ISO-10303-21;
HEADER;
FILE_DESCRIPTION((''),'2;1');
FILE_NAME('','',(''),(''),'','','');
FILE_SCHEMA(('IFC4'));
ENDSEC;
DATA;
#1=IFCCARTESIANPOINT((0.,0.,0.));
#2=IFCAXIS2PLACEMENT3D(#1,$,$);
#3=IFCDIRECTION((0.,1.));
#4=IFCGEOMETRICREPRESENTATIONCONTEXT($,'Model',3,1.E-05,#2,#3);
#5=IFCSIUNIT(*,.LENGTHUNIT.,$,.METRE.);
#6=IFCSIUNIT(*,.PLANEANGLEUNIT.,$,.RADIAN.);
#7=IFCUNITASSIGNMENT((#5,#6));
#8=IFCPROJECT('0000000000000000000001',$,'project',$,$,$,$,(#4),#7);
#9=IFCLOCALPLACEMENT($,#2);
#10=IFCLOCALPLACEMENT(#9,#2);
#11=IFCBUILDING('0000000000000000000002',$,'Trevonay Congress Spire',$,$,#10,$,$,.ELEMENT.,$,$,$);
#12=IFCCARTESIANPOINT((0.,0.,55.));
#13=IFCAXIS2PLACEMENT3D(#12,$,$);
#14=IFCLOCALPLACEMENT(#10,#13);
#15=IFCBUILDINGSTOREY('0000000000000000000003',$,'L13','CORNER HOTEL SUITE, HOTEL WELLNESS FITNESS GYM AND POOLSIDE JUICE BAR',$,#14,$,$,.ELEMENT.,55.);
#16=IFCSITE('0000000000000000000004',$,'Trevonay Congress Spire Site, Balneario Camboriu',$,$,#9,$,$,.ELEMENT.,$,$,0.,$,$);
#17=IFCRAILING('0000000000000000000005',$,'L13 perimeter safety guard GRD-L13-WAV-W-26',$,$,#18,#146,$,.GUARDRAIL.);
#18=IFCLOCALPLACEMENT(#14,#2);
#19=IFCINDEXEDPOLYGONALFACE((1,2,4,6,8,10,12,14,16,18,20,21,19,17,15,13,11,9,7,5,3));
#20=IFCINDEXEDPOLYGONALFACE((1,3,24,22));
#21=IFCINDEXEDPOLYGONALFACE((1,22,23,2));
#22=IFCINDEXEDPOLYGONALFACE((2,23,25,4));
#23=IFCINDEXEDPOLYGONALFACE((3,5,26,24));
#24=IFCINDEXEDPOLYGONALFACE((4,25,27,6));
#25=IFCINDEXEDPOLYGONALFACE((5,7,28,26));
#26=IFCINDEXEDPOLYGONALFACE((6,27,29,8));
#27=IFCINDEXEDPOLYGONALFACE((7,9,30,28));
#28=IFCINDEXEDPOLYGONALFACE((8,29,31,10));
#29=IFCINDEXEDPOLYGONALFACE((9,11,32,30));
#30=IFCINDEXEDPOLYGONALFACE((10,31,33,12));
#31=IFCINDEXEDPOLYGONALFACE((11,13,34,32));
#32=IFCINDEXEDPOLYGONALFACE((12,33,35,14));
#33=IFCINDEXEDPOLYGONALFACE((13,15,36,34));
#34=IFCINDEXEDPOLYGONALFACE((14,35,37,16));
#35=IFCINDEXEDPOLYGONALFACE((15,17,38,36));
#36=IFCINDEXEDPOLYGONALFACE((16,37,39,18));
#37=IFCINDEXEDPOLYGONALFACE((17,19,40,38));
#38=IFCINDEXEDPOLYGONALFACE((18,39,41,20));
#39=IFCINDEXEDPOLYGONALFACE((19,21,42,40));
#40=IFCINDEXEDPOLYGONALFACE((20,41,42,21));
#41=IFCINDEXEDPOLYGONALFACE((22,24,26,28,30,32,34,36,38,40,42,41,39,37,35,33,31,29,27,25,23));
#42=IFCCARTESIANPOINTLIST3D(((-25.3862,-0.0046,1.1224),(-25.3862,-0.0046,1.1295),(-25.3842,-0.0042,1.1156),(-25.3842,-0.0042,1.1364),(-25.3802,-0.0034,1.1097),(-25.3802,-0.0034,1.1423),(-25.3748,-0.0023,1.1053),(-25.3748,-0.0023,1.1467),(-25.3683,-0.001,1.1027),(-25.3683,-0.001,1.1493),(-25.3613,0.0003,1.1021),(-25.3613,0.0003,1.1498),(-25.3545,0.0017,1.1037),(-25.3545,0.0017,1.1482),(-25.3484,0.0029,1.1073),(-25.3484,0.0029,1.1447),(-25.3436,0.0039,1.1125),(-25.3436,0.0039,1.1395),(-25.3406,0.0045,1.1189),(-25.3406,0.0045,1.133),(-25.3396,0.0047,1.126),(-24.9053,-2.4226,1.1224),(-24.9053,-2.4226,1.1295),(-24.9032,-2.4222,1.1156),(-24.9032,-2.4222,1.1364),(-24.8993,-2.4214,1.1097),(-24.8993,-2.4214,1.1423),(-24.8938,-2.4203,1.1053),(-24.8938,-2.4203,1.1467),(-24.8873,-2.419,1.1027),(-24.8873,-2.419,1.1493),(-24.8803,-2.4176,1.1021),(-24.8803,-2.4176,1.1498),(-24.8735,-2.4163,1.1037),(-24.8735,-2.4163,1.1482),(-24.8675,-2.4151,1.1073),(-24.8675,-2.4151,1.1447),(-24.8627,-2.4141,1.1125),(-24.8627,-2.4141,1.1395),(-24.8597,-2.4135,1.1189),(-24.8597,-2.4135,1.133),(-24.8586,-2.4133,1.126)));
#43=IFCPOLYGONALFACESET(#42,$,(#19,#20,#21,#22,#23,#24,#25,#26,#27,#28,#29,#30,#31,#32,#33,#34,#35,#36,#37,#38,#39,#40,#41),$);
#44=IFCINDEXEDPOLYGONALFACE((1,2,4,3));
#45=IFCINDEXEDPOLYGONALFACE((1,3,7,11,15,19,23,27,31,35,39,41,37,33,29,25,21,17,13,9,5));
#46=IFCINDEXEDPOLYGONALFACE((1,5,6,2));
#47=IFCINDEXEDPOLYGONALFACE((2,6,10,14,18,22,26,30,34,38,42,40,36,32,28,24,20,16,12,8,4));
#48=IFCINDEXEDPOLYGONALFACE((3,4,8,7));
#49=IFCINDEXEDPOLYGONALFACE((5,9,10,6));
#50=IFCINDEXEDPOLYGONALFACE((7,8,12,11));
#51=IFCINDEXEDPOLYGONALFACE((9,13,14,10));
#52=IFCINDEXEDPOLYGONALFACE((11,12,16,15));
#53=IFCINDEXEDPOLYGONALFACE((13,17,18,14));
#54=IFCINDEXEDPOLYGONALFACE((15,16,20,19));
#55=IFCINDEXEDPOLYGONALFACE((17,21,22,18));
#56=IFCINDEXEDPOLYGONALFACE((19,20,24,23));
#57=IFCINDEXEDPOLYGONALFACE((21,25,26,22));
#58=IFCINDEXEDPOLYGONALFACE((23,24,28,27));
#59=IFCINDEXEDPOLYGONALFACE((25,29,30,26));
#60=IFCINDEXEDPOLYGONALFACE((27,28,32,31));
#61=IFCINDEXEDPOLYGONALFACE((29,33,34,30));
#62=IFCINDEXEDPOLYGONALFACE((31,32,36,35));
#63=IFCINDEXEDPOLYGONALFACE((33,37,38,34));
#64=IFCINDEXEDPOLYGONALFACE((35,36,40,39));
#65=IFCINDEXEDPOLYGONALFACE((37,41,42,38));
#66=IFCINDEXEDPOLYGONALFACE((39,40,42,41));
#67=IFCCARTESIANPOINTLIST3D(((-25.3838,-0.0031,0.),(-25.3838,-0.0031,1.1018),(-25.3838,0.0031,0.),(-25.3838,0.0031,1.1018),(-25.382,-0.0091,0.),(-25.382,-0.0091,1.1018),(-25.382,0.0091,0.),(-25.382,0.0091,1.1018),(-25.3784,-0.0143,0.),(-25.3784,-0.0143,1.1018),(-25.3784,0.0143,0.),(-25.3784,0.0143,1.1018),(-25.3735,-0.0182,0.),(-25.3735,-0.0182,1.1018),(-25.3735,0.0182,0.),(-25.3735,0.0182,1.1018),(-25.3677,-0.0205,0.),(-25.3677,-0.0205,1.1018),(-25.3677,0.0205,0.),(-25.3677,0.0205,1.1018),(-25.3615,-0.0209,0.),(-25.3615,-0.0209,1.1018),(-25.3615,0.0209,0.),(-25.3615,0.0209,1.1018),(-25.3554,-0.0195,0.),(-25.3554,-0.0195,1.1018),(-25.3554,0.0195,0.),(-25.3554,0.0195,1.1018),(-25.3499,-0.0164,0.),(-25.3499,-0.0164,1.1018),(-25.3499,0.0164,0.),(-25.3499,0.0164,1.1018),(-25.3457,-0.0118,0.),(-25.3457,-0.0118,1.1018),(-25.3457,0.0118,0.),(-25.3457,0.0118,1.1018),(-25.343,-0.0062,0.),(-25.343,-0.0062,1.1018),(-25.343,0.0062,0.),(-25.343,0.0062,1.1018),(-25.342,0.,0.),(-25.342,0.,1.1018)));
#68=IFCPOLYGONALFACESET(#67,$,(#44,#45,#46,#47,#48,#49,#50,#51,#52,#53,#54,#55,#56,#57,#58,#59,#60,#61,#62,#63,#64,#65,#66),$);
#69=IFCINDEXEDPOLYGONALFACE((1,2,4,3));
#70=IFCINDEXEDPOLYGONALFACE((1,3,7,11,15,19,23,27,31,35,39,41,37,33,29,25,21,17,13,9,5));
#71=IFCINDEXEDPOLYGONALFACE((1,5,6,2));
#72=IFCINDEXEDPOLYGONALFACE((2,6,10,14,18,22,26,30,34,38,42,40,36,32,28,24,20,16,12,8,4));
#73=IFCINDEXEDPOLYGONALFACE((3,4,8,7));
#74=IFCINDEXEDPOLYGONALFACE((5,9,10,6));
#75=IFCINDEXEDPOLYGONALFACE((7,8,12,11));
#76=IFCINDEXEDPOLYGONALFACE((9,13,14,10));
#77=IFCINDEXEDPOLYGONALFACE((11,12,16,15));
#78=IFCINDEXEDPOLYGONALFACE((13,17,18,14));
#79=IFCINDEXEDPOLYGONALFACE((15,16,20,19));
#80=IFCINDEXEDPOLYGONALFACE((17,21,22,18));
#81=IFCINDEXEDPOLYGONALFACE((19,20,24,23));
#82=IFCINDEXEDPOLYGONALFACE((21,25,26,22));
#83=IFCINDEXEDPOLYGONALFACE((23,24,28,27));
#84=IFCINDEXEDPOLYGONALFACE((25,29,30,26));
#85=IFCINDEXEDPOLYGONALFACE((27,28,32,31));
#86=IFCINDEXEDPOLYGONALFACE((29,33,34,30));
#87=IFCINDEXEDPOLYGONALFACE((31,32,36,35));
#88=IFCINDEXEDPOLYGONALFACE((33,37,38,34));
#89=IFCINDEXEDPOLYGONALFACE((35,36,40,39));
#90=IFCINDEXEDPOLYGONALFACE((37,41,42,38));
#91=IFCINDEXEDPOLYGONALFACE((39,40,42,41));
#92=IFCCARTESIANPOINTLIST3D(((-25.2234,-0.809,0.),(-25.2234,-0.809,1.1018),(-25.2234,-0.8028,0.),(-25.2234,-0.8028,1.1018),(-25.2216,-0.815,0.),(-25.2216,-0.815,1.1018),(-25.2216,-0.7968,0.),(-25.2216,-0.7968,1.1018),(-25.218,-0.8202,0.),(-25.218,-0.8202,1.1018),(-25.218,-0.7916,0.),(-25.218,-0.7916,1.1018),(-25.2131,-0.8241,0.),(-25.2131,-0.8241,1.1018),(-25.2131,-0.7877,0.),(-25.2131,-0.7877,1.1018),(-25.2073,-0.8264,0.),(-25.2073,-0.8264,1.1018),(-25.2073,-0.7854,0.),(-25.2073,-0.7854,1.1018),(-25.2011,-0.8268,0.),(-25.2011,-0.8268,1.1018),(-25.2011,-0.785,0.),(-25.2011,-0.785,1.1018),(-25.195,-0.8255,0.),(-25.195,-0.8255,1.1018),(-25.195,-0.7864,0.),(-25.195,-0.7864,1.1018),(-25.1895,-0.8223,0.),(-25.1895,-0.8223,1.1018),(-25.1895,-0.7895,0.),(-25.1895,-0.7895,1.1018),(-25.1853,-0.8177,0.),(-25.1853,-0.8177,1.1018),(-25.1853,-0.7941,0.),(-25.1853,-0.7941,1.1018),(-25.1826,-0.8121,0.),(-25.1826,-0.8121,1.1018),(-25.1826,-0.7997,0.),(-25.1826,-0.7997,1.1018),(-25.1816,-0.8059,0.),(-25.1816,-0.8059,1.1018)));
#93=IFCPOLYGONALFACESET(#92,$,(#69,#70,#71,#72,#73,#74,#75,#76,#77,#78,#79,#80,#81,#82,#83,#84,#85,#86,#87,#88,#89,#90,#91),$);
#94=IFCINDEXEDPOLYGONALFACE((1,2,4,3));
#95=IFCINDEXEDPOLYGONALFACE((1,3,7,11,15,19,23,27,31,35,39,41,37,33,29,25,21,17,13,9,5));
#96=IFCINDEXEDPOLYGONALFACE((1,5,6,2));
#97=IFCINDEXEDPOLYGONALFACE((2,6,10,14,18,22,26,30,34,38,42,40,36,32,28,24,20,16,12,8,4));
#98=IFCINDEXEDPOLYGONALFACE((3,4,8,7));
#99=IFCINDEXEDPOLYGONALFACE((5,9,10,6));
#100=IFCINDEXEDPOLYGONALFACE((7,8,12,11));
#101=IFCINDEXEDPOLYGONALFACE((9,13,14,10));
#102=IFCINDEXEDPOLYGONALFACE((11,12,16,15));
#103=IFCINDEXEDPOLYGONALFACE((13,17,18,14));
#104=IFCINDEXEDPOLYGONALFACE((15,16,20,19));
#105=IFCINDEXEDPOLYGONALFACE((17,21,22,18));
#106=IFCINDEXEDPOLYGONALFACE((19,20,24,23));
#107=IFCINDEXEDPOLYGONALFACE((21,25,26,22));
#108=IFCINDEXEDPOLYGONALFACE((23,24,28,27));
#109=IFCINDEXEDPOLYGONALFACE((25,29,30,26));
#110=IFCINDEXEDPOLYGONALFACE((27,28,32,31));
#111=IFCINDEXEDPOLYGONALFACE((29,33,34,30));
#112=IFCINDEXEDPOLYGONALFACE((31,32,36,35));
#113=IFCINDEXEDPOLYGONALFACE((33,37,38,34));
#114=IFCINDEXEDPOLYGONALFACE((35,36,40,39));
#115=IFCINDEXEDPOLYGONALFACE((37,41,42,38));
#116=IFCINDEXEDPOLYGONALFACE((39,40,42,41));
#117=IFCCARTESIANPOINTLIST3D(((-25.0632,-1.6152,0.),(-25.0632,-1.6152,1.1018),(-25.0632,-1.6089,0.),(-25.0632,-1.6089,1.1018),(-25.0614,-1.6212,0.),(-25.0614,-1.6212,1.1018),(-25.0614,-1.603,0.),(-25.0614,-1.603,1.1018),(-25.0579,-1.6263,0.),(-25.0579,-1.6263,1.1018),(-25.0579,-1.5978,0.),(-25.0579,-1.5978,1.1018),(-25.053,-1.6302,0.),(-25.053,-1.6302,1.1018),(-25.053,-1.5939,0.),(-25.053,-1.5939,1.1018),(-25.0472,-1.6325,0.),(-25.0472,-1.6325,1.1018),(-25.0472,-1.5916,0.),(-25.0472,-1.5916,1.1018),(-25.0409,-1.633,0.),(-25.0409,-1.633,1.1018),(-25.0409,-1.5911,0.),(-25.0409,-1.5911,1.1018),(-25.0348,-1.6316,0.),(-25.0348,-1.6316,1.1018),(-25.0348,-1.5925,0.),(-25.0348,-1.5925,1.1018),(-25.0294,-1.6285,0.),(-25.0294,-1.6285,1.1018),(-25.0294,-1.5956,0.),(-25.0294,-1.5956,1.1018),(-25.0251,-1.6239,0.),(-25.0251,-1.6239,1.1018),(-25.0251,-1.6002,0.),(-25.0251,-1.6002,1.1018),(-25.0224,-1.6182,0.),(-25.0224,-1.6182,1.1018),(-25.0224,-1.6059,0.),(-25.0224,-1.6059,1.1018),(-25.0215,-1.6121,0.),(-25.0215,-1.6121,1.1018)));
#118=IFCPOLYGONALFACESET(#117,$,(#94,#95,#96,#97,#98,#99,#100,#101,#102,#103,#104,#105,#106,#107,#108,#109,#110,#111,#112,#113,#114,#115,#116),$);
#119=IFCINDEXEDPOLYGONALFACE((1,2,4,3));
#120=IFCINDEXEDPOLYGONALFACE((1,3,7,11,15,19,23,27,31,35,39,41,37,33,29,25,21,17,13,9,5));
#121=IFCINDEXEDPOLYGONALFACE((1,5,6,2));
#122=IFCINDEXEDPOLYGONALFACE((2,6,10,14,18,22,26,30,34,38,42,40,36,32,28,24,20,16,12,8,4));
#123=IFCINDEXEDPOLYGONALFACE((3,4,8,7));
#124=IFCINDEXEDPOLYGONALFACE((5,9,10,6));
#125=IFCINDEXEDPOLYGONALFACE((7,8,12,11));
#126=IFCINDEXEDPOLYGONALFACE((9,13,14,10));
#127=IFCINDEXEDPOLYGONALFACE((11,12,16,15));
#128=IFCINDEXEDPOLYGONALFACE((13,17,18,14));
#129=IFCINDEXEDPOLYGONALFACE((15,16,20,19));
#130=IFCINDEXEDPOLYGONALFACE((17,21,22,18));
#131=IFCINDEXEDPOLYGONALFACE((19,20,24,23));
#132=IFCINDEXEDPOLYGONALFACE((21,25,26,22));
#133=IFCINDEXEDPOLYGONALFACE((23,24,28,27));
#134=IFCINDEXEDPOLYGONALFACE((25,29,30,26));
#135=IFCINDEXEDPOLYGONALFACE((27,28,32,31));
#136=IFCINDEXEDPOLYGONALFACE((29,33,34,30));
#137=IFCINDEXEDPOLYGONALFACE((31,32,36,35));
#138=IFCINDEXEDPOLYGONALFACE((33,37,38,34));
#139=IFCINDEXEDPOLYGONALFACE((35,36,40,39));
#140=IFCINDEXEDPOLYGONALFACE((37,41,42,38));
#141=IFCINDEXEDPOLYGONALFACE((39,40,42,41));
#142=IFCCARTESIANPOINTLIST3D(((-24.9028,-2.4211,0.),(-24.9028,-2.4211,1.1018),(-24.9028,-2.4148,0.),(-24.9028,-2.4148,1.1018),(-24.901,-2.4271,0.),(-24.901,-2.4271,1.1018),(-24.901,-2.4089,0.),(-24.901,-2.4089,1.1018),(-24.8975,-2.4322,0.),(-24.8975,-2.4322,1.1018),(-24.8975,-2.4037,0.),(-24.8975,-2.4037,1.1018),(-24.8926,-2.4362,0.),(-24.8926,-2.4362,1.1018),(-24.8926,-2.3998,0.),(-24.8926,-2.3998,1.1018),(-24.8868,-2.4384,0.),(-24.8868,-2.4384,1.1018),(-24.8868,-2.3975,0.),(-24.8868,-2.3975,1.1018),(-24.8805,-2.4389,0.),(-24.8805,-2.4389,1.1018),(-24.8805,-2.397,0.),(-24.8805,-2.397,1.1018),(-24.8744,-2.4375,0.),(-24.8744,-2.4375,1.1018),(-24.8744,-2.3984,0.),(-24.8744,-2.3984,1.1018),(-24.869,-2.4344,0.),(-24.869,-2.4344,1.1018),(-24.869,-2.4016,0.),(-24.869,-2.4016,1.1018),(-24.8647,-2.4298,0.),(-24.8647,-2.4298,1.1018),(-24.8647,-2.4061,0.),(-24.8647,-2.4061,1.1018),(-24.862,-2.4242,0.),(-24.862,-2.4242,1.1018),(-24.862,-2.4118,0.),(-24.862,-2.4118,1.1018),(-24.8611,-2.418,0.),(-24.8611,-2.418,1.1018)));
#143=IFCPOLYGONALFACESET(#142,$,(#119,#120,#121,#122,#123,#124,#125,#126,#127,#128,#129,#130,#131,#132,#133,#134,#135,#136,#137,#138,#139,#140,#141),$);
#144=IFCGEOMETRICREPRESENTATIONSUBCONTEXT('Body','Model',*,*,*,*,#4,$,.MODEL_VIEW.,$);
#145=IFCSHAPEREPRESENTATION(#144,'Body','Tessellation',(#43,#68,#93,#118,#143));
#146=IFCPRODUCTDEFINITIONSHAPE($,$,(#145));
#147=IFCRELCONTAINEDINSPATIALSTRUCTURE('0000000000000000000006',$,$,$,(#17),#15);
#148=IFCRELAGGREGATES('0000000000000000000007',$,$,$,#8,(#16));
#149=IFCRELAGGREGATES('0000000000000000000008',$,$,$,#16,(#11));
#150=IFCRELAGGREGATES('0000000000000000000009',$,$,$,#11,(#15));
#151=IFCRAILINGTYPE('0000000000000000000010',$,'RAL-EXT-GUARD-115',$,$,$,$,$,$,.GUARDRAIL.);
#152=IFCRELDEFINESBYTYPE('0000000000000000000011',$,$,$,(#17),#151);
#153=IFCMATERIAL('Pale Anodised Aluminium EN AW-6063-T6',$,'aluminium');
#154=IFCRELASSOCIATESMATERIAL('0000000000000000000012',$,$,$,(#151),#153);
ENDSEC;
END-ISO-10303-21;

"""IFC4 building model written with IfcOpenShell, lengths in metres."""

from ifc_helpers import new_model, si_unit, direction, frame, origin, origin_2d, place, context, subcontext, project, spatial, circle, extrude, material, type_object, element, save


model = new_model("IFC4")

# Units and contexts
model_context = context("Model", 3, precision=1e-05, world=origin(), true_north=direction((0.0, 1.0)))
body_context = subcontext(model_context, "Body", "Model", "MODEL_VIEW")
ifc_project = project(units=[si_unit("LENGTHUNIT", "METRE"), si_unit("PLANEANGLEUNIT", "RADIAN")], contexts=[model_context])

# Site, building, storey
site_placement = place(None, origin())
site = spatial("IfcSite", under=ifc_project, at=site_placement, Name="Trevonay Congress Spire Site, Balneario Camboriu", CompositionType="ELEMENT", RefElevation=0.0)
building_placement = place(site_placement, origin())
building = spatial("IfcBuilding", under=site, at=building_placement, Name="Trevonay Congress Spire", CompositionType="ELEMENT")
storey_placement = place(building_placement, frame((0.0, 0.0, 55.0)))
storey = spatial("IfcBuildingStorey", under=building, at=storey_placement, Name="L13", Description="CORNER HOTEL SUITE, HOTEL WELLNESS FITNESS GYM AND POOLSIDE JUICE BAR", CompositionType="ELEMENT", Elevation=55.0)

# Shared definitions
ifc_material_1 = material(Name="Pale Anodised Aluminium EN AW-6063-T6", Category="aluminium")

# Railing
railing_type = type_object("IfcRailingType", Name="RAL-EXT-GUARD-115", PredefinedType="GUARDRAIL", material=ifc_material_1)
railing_1_placement = place(storey_placement, frame((-25.363, 0.0, 0.0)))
element("IfcRailing", 1, at=railing_1_placement, inside=storey, type_object=railing_type, Name="L13 perimeter safety guard GRD-L13-WAV-W-26", PredefinedType="GUARDRAIL", context=body_context, shape_type="SweptSolid", body=[
    extrude(circle(Radius=0.0239, at=origin_2d()), frame((0.0, 0.0, 1.126), z_axis=(0.195088, -0.980786, 0.0), x_axis=(0.980786, 0.195088, 0.0)), (0.0, 0.0, 1.0), 2.4653),
    extrude(circle(Radius=0.021, at=origin_2d()), origin(), (0.0, 0.0, 1.0), 1.1018),
    extrude(circle(Radius=0.021, at=origin_2d()), frame((0.1604, -0.8059, 0.0)), (0.0, 0.0, 1.0), 1.1018),
    extrude(circle(Radius=0.021, at=origin_2d()), frame((0.3206, -1.6121, 0.0)), (0.0, 0.0, 1.0), 1.1018),
    extrude(circle(Radius=0.021, at=origin_2d()), frame((0.481, -2.418, 0.0)), (0.0, 0.0, 1.0), 1.1018),
])

save(model, "model.ifc")
